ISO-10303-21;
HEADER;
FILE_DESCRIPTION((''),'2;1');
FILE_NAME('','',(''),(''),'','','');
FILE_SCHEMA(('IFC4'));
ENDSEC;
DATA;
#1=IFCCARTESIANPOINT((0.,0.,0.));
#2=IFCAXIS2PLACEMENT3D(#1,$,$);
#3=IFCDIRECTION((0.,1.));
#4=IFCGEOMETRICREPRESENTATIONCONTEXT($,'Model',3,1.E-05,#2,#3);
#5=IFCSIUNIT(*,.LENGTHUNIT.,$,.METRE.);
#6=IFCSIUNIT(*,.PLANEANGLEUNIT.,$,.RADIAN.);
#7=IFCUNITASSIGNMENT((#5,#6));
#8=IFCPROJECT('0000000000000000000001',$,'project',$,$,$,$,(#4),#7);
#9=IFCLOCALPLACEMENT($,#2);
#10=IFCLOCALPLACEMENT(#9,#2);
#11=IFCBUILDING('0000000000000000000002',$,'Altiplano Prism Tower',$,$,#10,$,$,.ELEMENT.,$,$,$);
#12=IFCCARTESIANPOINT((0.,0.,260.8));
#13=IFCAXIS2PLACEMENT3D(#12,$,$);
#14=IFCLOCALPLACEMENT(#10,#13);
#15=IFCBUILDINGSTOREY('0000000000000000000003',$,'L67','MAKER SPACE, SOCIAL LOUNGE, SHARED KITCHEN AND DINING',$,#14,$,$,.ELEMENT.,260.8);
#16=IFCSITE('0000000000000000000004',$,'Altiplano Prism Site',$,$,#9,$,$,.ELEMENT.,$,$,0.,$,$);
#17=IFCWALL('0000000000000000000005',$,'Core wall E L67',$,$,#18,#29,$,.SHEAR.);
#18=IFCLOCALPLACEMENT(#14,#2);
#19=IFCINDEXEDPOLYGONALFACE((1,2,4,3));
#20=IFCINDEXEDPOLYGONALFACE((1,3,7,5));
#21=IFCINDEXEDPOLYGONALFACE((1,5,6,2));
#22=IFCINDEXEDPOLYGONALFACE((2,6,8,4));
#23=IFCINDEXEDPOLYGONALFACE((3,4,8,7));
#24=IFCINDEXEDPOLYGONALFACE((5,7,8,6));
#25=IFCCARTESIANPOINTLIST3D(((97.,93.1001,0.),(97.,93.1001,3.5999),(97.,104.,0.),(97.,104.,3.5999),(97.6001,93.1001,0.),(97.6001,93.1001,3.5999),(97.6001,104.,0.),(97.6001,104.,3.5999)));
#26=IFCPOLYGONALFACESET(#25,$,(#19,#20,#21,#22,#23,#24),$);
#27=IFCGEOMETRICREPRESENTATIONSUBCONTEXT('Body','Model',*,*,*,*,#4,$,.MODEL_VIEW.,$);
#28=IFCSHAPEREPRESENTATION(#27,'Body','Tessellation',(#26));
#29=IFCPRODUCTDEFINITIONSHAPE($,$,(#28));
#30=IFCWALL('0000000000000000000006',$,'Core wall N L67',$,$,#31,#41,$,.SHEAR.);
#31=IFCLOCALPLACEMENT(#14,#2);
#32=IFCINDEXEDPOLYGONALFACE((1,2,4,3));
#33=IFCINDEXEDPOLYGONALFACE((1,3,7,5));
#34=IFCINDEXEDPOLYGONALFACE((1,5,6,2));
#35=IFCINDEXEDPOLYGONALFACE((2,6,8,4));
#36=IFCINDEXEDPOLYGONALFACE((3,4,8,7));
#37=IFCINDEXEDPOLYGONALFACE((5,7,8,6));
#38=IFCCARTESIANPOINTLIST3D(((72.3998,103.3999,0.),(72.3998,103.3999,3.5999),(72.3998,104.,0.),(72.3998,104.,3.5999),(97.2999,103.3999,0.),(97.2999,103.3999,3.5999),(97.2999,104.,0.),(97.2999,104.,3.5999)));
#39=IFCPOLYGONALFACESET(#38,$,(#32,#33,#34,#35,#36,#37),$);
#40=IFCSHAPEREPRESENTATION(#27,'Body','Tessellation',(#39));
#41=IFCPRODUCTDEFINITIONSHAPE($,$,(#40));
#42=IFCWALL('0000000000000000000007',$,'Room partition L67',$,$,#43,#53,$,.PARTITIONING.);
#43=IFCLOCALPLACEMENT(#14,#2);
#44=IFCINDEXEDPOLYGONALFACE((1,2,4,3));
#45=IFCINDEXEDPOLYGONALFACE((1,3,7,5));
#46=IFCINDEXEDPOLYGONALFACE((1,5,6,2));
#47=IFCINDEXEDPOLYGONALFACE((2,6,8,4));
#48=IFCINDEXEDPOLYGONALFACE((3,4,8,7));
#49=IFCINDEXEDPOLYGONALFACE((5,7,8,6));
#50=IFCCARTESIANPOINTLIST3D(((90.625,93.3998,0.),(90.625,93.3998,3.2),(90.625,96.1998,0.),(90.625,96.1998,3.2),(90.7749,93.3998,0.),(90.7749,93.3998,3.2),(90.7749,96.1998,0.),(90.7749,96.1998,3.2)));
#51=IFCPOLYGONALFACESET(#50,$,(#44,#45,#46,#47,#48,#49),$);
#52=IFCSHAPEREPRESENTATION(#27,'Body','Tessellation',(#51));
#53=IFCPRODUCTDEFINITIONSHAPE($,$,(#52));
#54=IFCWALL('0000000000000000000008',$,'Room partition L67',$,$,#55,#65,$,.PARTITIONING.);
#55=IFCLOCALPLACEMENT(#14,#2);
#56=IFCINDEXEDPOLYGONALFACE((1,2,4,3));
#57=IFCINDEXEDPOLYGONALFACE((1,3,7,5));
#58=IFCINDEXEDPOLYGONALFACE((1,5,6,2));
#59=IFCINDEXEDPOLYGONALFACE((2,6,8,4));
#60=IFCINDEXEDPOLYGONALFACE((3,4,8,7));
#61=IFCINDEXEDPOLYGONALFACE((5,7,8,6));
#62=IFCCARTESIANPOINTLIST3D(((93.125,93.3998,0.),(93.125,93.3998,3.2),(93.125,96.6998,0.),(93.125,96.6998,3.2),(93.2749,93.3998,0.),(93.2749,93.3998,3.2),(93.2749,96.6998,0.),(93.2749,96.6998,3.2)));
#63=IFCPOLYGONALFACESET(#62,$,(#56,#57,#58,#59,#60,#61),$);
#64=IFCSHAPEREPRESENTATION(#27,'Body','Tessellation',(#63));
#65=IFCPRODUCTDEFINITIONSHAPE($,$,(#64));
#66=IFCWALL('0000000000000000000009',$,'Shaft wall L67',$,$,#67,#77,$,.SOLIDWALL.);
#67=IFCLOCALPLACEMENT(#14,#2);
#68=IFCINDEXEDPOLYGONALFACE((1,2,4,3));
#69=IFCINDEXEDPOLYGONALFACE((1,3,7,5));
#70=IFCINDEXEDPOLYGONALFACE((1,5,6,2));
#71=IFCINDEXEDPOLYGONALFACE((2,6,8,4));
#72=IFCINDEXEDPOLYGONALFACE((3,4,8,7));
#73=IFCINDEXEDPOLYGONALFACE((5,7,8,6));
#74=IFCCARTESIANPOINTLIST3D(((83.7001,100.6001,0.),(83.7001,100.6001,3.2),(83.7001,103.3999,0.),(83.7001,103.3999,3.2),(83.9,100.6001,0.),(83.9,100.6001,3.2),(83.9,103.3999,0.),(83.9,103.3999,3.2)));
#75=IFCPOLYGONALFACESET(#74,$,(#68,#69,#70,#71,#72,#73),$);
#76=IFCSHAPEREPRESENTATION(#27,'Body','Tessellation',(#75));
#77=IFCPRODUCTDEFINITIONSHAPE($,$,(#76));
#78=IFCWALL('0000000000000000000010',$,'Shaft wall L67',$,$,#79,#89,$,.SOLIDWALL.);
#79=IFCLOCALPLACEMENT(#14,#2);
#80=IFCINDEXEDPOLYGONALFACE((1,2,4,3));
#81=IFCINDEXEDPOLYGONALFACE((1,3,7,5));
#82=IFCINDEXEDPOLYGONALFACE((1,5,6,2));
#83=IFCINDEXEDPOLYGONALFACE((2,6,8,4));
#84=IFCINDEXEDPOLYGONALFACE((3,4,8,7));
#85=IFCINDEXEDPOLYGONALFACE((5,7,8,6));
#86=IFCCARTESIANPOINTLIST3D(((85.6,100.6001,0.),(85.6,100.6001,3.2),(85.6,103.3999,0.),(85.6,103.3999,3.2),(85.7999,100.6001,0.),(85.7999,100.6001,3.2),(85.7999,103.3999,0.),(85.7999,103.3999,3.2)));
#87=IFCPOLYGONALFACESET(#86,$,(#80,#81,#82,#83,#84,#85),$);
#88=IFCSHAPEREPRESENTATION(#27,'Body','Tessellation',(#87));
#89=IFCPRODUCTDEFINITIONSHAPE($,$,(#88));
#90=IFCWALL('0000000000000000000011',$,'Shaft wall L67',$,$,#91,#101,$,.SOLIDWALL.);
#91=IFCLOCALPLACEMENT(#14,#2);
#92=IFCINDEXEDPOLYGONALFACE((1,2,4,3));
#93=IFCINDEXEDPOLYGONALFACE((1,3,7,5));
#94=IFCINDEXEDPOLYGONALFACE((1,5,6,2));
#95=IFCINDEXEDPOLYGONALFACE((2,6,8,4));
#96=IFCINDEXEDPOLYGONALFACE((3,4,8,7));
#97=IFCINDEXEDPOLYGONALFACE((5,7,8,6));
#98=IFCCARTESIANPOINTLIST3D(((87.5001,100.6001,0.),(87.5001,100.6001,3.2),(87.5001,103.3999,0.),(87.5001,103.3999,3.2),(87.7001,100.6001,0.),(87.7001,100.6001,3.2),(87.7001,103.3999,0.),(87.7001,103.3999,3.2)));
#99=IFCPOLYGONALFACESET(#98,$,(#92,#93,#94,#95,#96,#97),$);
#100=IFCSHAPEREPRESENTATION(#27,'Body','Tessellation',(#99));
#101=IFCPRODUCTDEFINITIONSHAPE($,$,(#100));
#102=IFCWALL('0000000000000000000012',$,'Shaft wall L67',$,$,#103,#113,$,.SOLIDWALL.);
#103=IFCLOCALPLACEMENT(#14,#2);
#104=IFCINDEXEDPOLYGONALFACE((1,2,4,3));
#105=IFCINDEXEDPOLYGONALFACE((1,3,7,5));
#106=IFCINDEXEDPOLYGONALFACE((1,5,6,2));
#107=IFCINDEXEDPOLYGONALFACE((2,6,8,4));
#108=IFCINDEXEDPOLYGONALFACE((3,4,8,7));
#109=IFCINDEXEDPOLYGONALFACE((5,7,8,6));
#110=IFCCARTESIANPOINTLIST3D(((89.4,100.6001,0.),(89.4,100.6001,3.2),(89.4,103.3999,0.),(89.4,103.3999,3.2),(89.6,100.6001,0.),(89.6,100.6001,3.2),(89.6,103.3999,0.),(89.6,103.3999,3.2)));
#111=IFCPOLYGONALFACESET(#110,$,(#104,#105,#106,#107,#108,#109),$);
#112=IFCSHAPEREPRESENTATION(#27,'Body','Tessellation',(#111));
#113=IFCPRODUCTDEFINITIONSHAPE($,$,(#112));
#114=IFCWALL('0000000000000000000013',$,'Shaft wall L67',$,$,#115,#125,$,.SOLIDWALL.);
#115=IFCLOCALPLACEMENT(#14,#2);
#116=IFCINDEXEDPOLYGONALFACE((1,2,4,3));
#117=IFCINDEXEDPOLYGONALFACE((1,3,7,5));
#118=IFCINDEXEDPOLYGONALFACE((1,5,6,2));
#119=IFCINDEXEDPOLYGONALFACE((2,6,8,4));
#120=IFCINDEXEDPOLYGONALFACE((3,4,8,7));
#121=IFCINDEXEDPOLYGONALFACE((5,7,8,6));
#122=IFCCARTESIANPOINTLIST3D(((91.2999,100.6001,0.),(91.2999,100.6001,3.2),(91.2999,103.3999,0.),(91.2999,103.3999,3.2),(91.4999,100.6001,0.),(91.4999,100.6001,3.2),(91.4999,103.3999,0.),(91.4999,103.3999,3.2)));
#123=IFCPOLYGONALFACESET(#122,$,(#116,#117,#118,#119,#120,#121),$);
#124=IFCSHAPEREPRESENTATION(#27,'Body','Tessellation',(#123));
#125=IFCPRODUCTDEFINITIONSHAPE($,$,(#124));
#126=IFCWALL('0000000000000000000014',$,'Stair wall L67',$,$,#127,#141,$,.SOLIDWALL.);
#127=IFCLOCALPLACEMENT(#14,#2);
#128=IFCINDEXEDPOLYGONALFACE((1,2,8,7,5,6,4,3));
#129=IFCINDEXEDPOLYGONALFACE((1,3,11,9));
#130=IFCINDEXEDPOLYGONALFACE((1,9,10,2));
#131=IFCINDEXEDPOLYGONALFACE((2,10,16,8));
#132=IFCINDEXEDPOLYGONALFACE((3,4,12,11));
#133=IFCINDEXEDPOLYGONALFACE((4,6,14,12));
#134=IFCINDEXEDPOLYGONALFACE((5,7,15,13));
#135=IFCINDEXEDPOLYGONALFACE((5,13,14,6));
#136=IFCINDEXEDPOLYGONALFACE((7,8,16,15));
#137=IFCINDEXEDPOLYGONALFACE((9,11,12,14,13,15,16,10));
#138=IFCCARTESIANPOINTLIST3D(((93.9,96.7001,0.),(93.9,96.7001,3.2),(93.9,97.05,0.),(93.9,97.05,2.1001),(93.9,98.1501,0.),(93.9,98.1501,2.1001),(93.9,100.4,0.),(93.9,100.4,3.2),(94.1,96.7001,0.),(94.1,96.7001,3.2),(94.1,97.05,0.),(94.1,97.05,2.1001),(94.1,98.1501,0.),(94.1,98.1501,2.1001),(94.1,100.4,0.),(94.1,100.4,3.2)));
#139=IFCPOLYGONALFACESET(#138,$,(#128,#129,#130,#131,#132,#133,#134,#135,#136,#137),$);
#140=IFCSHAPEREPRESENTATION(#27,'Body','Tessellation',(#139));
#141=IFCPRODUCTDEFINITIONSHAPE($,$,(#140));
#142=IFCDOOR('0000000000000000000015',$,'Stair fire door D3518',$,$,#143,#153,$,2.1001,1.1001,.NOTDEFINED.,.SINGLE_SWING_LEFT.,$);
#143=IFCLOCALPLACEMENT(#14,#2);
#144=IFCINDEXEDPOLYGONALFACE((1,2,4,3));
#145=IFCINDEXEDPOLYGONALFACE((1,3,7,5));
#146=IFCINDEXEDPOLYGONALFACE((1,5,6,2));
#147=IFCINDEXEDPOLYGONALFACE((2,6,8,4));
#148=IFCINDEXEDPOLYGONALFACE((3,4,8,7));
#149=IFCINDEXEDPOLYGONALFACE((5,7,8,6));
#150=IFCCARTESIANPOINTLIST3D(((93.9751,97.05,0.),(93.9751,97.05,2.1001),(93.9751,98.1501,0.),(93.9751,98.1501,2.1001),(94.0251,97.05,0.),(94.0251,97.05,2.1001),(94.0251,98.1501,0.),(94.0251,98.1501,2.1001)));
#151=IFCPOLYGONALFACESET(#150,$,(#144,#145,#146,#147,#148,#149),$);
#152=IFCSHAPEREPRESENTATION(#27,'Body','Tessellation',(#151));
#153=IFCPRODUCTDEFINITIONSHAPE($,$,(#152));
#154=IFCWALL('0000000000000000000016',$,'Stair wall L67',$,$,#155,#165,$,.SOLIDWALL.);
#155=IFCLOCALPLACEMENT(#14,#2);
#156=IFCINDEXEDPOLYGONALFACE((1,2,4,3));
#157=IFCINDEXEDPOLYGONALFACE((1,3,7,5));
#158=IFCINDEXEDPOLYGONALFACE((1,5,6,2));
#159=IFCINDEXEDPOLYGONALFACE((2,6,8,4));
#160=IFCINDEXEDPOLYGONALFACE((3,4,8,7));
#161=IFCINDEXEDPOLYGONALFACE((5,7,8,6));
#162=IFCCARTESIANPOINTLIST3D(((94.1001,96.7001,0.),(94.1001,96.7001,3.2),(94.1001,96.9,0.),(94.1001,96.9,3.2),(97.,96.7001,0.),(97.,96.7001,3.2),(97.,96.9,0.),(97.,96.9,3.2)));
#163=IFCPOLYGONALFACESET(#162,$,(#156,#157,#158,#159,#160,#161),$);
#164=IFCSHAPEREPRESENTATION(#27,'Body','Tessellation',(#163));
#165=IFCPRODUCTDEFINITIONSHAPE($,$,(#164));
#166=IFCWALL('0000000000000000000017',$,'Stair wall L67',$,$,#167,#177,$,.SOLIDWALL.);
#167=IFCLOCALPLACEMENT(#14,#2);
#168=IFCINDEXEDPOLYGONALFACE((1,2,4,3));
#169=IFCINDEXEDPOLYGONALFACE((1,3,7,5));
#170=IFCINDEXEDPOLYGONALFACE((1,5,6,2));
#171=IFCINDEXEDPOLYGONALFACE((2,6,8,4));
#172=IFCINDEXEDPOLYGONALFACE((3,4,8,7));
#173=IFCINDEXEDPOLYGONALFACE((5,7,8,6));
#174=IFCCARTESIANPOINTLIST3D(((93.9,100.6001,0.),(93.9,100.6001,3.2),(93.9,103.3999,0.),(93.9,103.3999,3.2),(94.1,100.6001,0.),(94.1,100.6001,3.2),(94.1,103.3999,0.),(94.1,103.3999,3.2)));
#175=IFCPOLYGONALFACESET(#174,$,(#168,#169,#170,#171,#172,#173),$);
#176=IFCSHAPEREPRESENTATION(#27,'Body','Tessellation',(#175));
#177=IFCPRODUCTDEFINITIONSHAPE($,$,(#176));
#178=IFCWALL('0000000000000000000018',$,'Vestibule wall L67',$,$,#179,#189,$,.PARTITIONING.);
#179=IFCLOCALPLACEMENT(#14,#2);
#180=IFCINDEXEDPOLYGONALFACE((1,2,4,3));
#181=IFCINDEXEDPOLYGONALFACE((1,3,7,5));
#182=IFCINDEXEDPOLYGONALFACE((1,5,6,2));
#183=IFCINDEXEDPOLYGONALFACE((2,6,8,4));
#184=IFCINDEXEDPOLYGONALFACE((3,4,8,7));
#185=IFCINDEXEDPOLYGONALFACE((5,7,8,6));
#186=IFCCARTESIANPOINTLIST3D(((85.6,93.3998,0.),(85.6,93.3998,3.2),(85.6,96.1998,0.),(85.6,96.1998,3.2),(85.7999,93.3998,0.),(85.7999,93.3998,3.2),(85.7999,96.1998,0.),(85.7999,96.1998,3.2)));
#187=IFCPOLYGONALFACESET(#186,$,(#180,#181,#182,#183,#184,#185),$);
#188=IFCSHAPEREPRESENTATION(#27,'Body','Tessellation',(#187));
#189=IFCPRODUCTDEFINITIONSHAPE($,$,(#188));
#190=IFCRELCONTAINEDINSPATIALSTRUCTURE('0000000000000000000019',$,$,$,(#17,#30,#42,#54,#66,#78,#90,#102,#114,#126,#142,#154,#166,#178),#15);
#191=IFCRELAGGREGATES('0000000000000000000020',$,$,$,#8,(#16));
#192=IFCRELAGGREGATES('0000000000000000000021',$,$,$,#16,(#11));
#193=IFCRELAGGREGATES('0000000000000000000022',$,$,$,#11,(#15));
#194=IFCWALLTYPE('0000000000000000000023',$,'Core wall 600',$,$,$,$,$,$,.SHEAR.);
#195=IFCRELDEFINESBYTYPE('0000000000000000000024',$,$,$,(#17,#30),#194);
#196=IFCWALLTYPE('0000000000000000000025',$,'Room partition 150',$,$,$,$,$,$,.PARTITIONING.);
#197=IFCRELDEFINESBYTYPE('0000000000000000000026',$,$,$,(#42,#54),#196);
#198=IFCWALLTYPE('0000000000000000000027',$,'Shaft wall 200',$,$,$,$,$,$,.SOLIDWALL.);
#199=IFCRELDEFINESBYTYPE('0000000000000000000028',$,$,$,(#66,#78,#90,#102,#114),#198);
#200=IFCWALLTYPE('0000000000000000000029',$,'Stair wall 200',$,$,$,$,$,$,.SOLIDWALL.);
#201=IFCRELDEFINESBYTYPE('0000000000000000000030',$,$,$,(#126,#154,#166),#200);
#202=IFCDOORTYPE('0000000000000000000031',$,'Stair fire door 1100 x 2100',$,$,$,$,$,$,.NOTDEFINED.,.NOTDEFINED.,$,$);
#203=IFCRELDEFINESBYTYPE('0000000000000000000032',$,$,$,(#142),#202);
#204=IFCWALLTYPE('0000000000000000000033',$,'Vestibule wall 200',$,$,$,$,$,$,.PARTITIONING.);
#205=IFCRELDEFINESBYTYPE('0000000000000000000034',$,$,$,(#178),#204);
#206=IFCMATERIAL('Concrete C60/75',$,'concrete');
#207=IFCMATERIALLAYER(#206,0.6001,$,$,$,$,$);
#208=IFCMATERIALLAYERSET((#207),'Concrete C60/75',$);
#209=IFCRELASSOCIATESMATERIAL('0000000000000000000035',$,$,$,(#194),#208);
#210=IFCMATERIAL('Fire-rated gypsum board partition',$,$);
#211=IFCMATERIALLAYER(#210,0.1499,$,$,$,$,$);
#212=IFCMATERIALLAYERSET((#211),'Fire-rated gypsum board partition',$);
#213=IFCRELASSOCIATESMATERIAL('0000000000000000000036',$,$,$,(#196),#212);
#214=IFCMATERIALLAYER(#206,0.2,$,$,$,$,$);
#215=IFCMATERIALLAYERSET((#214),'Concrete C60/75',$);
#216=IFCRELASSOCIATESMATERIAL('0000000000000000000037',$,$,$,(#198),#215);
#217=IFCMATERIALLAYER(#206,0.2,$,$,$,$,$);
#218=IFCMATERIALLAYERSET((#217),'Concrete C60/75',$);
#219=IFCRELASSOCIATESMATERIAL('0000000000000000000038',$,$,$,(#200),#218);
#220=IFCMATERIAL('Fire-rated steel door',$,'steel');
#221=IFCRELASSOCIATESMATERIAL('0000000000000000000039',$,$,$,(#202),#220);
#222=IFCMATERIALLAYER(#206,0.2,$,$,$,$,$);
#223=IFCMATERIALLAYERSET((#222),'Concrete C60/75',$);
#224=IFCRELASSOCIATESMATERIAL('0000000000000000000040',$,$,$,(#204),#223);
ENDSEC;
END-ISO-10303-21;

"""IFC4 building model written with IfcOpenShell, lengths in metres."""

from ifc_helpers import new_model, si_unit, direction, frame, frame_2d, origin, place, context, subcontext, project, spatial, rectangle, extrude, material, layer, layer_set, type_object, element, fill, save


model = new_model("IFC4")

# Units and contexts
model_context = context("Model", 3, precision=1e-05, world=origin(), true_north=direction((0.0, 1.0)))
body_context = subcontext(model_context, "Body", "Model", "MODEL_VIEW")
ifc_project = project(units=[si_unit("LENGTHUNIT", "METRE"), si_unit("PLANEANGLEUNIT", "RADIAN")], contexts=[model_context])

# Site, building, storey
site_placement = place(None, origin())
site = spatial("IfcSite", under=ifc_project, at=site_placement, Name="Altiplano Prism Site", CompositionType="ELEMENT", RefElevation=0.0)
building_placement = place(site_placement, origin())
building = spatial("IfcBuilding", under=site, at=building_placement, Name="Altiplano Prism Tower", CompositionType="ELEMENT")
storey_placement = place(building_placement, frame((0.0, 0.0, 260.8)))
storey = spatial("IfcBuildingStorey", under=building, at=storey_placement, Name="L67", Description="MAKER SPACE, SOCIAL LOUNGE, SHARED KITCHEN AND DINING", CompositionType="ELEMENT", Elevation=260.8)

# Walls
ifc_material_1 = material(Name="Concrete C60/75", Category="concrete")
ifc_layer_1 = layer(ifc_material_1, 0.6001)
ifc_layer_set_1 = layer_set([ifc_layer_1], Name="Concrete C60/75")
wall_type_1 = type_object("IfcWallType", Name="Core wall 600", PredefinedType="SHEAR", material=ifc_layer_set_1)
wall_1_placement = place(storey_placement, frame((97.3, 93.1001, 0.0), z_axis=(0.0, 0.0, 1.0), x_axis=(0.0, 1.0, 0.0)))
element("IfcWall", 1, at=wall_1_placement, inside=storey, type_object=wall_type_1, Name="Core wall E L67", PredefinedType="SHEAR", context=body_context, shape_type="SweptSolid", body=[
    extrude(rectangle(XDim=10.8999, YDim=0.6001, at=frame_2d((5.45, 0.0))), origin(), (0.0, 0.0, 1.0), 3.5999),
])
wall_2_placement = place(storey_placement, frame((97.3, 103.7, 0.0), z_axis=(0.0, 0.0, 1.0), x_axis=(-1.0, 0.0, 0.0)))
element("IfcWall", 2, at=wall_2_placement, inside=storey, type_object=wall_type_1, Name="Core wall N L67", PredefinedType="SHEAR", context=body_context, shape_type="SweptSolid", body=[
    extrude(rectangle(XDim=24.9001, YDim=0.6001, at=frame_2d((12.4502, 0.0))), origin(), (0.0, 0.0, 1.0), 3.5999),
])
ifc_material_2 = material(Name="Fire-rated gypsum board partition")
ifc_layer_2 = layer(ifc_material_2, 0.1499)
ifc_layer_set_2 = layer_set([ifc_layer_2], Name="Fire-rated gypsum board partition")
wall_type_2 = type_object("IfcWallType", Name="Room partition 150", PredefinedType="PARTITIONING", material=ifc_layer_set_2)
wall_3_placement = place(storey_placement, frame((90.7, 93.3999, 0.0), z_axis=(0.0, 0.0, 1.0), x_axis=(0.0, 1.0, 0.0)))
element("IfcWall", 3, at=wall_3_placement, inside=storey, type_object=wall_type_2, Name="Room partition L67", PredefinedType="PARTITIONING", context=body_context, shape_type="SweptSolid", body=[
    extrude(rectangle(XDim=2.8, YDim=0.1499, at=frame_2d((1.3999, 0.0))), origin(), (0.0, 0.0, 1.0), 3.2),
])
wall_4_placement = place(storey_placement, frame((93.2, 93.3999, 0.0), z_axis=(0.0, 0.0, 1.0), x_axis=(0.0, 1.0, 0.0)))
element("IfcWall", 4, at=wall_4_placement, inside=storey, type_object=wall_type_2, Name="Room partition L67", PredefinedType="PARTITIONING", context=body_context, shape_type="SweptSolid", body=[
    extrude(rectangle(XDim=3.3, YDim=0.1499, at=frame_2d((1.6499, 0.0))), origin(), (0.0, 0.0, 1.0), 3.2),
])
ifc_layer_3 = layer(ifc_material_1, 0.2)
ifc_layer_set_3 = layer_set([ifc_layer_3], Name="Concrete C60/75")
wall_type_3 = type_object("IfcWallType", Name="Shaft wall 200", PredefinedType="SOLIDWALL", material=ifc_layer_set_3)
for number, where, z_axis, x_axis, name in (
    (5, (83.8, 100.6001, 0.0), (0.0, 0.0, 1.0), (0.0, 1.0, 0.0), "Shaft wall L67"),
    (6, (85.7, 100.6001, 0.0), (0.0, 0.0, 1.0), (0.0, 1.0, 0.0), "Shaft wall L67"),
    (7, (87.6001, 100.6001, 0.0), (0.0, 0.0, 1.0), (0.0, 1.0, 0.0), "Shaft wall L67"),
    (8, (89.5, 100.6001, 0.0), (0.0, 0.0, 1.0), (0.0, 1.0, 0.0), "Shaft wall L67"),
    (9, (91.3999, 100.6001, 0.0), (0.0, 0.0, 1.0), (0.0, 1.0, 0.0), "Shaft wall L67"),
):
    element("IfcWall", number, at=place(storey_placement, frame(where, z_axis=z_axis, x_axis=x_axis)), inside=storey, type_object=wall_type_3, Name=name, PredefinedType="SOLIDWALL", context=body_context, shape_type="SweptSolid", body=[
        extrude(rectangle(XDim=2.7998, YDim=0.2, at=frame_2d((1.3999, 0.0))), origin(), (0.0, 0.0, 1.0), 3.2),
    ])

# Wall, opening, door
ifc_layer_4 = layer(ifc_material_1, 0.2)
ifc_layer_set_4 = layer_set([ifc_layer_4], Name="Concrete C60/75")
wall_type_4 = type_object("IfcWallType", Name="Stair wall 200", PredefinedType="SOLIDWALL", material=ifc_layer_set_4)
wall_5_placement = place(storey_placement, frame((94.0, 96.7, 0.0), z_axis=(0.0, 0.0, 1.0), x_axis=(0.0, 1.0, 0.0)))
wall_5 = element("IfcWall", 10, at=wall_5_placement, inside=storey, type_object=wall_type_4, Name="Stair wall L67", PredefinedType="SOLIDWALL", context=body_context, shape_type="SweptSolid", body=[
    extrude(rectangle(XDim=3.7, YDim=0.2, at=frame_2d((1.8501, 0.0))), origin(), (0.0, 0.0, 1.0), 3.2),
])
opening_1_placement = place(wall_5_placement, frame((0.3501, 0.0, 0.0)))
opening_1 = element("IfcOpeningElement", 11, at=opening_1_placement, cuts=wall_5, PredefinedType="OPENING", context=body_context, shape_type="SweptSolid", body=[
    extrude(rectangle(XDim=1.1001, YDim=2.1001, at=frame_2d((0.55, 1.05))), frame((0.0, 0.1104, 0.0), z_axis=(0.0, -1.0, 0.0), x_axis=(1.0, 0.0, 0.0)), (0.0, 0.0, 1.0), 0.2209),
])
ifc_material_3 = material(Name="Fire-rated steel door", Category="steel")
door_type_1 = type_object("IfcDoorType", Name="Stair fire door 1100 x 2100", OperationType="NOTDEFINED", PredefinedType="NOTDEFINED", material=ifc_material_3)
door_1_placement = place(opening_1_placement, origin())
door_1 = element("IfcDoor", 12, at=door_1_placement, inside=storey, type_object=door_type_1, Name="Stair fire door D3518", OperationType="SINGLE_SWING_LEFT", OverallHeight=2.1001, OverallWidth=1.1001, PredefinedType="NOTDEFINED", context=body_context, shape_type="SweptSolid", body=[
    extrude(rectangle(XDim=1.1001, YDim=2.1001, at=frame_2d((0.55, 1.05))), frame((0.0, 0.0249, 0.0), z_axis=(0.0, -1.0, 0.0), x_axis=(1.0, 0.0, 0.0)), (0.0, 0.0, 1.0), 0.05),
])
fill(opening_1, door_1)

# Walls
wall_6_placement = place(storey_placement, frame((94.1001, 96.8, 0.0), z_axis=(0.0, 0.0, 1.0), x_axis=(1.0, 0.0, 0.0)))
element("IfcWall", 13, at=wall_6_placement, inside=storey, type_object=wall_type_4, Name="Stair wall L67", PredefinedType="SOLIDWALL", context=body_context, shape_type="SweptSolid", body=[
    extrude(rectangle(XDim=2.8999, YDim=0.2, at=frame_2d((1.45, 0.0))), origin(), (0.0, 0.0, 1.0), 3.2),
])
wall_7_placement = place(storey_placement, frame((94.0, 100.6001, 0.0), z_axis=(0.0, 0.0, 1.0), x_axis=(0.0, 1.0, 0.0)))
element("IfcWall", 14, at=wall_7_placement, inside=storey, type_object=wall_type_4, Name="Stair wall L67", PredefinedType="SOLIDWALL", context=body_context, shape_type="SweptSolid", body=[
    extrude(rectangle(XDim=2.7998, YDim=0.2, at=frame_2d((1.3999, 0.0))), origin(), (0.0, 0.0, 1.0), 3.2),
])
ifc_layer_5 = layer(ifc_material_1, 0.2)
ifc_layer_set_5 = layer_set([ifc_layer_5], Name="Concrete C60/75")
wall_type_5 = type_object("IfcWallType", Name="Vestibule wall 200", PredefinedType="PARTITIONING", material=ifc_layer_set_5)
wall_8_placement = place(storey_placement, frame((85.7, 93.3999, 0.0), z_axis=(0.0, 0.0, 1.0), x_axis=(0.0, 1.0, 0.0)))
element("IfcWall", 15, at=wall_8_placement, inside=storey, type_object=wall_type_5, Name="Vestibule wall L67", PredefinedType="PARTITIONING", context=body_context, shape_type="SweptSolid", body=[
    extrude(rectangle(XDim=2.8, YDim=0.2, at=frame_2d((1.3999, 0.0))), origin(), (0.0, 0.0, 1.0), 3.2),
])

save(model, "model.ifc")
